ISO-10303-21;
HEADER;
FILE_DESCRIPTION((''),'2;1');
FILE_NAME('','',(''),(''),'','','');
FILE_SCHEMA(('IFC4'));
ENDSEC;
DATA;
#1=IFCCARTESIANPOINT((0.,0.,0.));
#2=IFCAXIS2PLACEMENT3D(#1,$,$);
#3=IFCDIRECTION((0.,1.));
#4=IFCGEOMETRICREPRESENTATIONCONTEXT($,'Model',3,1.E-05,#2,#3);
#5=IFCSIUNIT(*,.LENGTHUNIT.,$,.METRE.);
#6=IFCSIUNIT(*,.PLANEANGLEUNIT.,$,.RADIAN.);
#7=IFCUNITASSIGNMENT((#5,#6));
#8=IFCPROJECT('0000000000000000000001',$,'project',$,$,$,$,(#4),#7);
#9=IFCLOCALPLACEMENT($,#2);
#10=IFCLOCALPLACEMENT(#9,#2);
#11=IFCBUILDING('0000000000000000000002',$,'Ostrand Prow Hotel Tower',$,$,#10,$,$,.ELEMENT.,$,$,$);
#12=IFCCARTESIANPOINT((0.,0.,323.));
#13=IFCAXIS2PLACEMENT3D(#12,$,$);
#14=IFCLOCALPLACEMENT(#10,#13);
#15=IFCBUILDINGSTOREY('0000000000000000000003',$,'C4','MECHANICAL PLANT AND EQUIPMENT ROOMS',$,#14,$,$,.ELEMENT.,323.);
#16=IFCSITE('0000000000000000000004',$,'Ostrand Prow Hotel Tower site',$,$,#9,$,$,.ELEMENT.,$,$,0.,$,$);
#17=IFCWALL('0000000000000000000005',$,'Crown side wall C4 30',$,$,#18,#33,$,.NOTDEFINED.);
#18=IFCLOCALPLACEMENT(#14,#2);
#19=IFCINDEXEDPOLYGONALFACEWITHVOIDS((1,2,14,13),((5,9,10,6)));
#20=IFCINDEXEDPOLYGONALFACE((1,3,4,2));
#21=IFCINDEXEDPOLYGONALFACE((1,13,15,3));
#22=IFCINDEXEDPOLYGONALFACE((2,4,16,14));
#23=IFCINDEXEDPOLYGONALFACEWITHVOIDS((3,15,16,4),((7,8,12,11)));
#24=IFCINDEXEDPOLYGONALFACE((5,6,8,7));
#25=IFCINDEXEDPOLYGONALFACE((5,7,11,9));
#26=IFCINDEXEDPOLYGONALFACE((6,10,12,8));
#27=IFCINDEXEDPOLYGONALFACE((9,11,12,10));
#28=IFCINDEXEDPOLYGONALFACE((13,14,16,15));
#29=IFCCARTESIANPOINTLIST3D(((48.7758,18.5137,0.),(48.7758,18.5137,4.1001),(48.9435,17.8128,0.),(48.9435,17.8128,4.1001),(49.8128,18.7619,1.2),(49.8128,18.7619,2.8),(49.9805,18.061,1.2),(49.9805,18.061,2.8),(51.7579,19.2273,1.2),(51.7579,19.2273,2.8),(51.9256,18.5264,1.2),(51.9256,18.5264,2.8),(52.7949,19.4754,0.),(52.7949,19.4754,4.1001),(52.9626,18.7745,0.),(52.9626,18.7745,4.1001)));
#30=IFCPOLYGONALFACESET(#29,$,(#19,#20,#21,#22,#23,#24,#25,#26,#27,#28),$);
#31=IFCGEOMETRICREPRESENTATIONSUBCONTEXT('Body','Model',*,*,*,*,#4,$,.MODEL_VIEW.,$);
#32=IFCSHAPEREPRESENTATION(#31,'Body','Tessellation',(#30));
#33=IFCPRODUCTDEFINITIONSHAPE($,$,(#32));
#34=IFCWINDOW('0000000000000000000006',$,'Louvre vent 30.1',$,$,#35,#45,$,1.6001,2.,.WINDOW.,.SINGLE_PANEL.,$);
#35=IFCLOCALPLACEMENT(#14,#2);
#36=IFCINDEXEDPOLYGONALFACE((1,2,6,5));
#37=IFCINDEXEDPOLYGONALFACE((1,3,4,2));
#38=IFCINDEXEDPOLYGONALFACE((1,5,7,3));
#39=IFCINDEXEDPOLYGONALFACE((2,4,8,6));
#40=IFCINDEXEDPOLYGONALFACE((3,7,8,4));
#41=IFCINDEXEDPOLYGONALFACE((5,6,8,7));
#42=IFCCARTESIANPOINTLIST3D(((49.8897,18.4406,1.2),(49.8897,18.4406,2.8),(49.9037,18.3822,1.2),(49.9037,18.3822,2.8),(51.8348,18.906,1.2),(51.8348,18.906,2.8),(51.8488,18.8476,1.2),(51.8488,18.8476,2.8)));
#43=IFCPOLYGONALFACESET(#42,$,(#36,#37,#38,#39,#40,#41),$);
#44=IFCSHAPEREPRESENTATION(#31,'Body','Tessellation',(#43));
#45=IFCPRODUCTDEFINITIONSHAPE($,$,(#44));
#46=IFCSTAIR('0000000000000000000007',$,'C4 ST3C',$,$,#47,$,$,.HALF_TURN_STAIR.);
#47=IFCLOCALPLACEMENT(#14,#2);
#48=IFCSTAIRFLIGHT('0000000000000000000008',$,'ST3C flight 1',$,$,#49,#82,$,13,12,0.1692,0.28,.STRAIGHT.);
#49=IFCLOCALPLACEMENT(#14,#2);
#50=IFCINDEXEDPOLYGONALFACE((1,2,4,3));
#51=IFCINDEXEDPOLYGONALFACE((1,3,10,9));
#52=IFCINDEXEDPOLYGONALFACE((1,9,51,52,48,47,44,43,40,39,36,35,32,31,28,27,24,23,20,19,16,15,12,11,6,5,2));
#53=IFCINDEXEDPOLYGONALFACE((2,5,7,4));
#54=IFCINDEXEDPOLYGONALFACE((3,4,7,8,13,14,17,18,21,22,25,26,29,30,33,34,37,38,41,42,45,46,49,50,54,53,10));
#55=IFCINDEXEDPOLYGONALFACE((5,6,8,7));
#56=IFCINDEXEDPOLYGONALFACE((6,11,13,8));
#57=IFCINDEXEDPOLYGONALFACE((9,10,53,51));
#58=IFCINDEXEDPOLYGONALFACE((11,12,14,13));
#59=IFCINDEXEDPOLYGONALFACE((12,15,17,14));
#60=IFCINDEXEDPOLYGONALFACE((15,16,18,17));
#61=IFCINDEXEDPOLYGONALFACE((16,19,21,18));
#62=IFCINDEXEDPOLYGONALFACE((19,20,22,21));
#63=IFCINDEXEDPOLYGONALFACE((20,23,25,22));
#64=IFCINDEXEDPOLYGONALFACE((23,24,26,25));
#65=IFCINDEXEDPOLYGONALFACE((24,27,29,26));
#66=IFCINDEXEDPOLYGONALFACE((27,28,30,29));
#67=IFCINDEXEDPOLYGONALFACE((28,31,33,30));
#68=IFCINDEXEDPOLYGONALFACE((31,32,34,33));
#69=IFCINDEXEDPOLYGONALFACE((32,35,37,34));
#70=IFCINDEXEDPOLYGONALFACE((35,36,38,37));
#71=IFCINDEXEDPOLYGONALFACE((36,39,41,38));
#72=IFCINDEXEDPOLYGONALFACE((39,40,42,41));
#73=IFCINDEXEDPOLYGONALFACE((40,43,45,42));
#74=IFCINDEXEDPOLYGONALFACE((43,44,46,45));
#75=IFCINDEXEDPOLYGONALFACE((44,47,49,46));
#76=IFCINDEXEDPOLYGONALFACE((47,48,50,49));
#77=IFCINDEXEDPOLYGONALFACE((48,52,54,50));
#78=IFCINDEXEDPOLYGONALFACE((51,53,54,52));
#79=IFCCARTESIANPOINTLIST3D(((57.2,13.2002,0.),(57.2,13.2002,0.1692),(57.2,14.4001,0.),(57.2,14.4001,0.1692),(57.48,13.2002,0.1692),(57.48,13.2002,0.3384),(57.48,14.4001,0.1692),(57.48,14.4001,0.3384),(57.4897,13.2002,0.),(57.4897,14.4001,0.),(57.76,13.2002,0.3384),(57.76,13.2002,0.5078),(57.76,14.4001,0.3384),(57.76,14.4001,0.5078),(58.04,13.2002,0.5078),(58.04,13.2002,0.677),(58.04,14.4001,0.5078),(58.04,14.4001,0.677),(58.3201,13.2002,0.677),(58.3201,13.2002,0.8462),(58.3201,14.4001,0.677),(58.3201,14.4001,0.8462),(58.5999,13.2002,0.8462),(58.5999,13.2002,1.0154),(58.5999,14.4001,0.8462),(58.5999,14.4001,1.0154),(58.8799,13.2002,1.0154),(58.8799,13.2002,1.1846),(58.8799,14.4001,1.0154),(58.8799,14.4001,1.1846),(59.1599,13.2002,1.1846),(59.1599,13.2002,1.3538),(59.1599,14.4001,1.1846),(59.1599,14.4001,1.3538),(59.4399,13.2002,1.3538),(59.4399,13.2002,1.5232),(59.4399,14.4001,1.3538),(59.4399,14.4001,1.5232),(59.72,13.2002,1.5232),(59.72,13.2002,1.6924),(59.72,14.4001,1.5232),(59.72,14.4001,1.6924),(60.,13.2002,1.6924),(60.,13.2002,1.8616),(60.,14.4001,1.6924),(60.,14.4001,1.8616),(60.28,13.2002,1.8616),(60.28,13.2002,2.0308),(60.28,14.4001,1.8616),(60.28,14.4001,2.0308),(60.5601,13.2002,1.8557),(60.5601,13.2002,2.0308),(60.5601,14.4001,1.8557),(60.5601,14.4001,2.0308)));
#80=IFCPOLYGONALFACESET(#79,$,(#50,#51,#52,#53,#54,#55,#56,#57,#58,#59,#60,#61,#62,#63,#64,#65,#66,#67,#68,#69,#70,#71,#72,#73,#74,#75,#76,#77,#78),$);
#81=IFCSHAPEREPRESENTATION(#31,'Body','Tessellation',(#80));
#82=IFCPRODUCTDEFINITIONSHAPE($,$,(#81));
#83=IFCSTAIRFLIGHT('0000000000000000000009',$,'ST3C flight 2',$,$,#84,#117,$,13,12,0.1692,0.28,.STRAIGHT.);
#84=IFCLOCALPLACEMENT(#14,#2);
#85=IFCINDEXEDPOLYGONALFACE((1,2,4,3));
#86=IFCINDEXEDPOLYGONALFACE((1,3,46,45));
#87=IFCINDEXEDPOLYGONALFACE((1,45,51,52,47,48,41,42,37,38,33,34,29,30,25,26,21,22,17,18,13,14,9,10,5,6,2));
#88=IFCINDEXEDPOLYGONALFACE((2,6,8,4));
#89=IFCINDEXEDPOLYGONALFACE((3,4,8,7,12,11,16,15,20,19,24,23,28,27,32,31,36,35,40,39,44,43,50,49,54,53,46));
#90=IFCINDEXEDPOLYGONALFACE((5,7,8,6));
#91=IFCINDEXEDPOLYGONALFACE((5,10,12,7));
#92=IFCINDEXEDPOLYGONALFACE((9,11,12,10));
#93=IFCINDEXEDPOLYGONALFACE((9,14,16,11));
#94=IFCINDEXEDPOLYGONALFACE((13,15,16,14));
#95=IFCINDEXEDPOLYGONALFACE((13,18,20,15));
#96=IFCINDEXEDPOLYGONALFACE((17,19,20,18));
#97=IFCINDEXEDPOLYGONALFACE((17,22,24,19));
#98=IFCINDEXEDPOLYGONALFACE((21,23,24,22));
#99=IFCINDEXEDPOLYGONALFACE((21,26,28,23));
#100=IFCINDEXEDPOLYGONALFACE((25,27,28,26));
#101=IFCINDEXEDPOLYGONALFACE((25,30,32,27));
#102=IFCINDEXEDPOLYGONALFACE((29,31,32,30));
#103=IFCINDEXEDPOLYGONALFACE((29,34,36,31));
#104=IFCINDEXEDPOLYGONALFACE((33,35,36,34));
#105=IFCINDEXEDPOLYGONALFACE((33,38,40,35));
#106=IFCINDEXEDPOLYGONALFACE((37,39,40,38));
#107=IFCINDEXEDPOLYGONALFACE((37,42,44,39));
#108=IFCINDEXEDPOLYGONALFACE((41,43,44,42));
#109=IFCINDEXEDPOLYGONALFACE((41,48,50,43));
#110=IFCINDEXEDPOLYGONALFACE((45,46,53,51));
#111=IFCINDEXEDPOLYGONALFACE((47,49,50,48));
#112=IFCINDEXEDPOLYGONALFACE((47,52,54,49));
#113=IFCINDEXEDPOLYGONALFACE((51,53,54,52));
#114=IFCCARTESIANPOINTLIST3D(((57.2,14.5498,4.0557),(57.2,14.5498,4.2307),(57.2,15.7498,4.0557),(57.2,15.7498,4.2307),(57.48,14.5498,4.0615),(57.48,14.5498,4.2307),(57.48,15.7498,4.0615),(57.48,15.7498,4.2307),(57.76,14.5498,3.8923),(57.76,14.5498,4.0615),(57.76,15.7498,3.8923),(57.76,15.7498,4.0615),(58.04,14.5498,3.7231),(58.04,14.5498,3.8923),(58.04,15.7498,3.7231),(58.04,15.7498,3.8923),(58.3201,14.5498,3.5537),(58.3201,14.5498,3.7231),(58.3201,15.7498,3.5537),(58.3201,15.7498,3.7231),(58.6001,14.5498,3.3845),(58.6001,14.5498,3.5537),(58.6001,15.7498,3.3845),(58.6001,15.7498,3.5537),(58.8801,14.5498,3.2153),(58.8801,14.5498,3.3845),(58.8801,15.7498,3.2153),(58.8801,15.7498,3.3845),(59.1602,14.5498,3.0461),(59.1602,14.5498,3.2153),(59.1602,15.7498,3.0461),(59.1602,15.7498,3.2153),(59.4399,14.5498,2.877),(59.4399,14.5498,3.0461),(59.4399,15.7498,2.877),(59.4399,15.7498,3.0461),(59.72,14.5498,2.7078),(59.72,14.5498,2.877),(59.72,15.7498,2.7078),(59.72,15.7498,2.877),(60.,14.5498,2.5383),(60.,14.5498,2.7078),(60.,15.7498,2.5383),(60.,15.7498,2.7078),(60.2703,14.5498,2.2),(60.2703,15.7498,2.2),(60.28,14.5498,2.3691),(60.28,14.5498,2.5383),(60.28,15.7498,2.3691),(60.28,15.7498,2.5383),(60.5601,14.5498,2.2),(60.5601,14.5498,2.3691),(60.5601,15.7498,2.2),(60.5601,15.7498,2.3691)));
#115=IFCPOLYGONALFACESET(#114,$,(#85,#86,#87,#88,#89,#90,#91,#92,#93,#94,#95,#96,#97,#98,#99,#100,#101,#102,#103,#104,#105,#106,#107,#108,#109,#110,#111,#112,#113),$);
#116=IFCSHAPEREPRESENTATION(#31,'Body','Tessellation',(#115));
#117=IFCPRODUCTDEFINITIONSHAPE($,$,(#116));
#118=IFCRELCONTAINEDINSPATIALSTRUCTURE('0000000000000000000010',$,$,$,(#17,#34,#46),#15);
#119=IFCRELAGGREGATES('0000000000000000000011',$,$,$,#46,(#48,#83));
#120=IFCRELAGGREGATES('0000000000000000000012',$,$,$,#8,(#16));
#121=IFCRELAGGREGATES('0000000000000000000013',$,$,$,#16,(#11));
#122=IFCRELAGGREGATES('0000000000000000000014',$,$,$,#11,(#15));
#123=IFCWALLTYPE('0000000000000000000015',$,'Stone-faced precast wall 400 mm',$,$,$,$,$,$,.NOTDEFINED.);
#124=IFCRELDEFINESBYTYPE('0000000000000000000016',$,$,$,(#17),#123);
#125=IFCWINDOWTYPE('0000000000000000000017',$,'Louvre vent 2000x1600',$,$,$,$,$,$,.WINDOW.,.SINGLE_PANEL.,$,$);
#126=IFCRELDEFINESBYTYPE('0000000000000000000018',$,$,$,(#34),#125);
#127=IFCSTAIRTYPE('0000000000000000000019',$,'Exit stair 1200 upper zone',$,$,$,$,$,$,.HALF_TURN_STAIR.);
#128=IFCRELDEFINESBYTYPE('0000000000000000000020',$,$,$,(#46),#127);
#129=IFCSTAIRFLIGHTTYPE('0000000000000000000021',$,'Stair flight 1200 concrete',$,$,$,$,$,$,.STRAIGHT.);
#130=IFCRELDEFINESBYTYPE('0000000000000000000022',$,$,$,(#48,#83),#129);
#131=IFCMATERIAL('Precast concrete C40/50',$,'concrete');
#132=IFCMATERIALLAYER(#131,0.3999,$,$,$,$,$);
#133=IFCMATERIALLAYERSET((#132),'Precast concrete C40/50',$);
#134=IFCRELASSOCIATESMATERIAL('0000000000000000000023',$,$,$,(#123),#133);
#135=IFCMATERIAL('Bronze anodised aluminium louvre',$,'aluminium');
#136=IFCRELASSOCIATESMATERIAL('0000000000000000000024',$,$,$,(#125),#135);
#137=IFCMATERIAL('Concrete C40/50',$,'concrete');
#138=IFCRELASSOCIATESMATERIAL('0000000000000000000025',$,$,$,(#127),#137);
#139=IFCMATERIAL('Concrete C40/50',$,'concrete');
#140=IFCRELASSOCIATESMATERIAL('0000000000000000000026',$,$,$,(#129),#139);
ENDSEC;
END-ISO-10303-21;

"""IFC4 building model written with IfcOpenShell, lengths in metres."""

from ifc_helpers import new_model, si_unit, direction, frame, frame_2d, origin, place, context, subcontext, project, spatial, polyline, rectangle, outline, extrude, material, layer, layer_set, type_object, element, fill, aggregate, save


model = new_model("IFC4")

# Units and contexts
model_context = context("Model", 3, precision=1e-05, world=origin(), true_north=direction((0.0, 1.0)))
body_context = subcontext(model_context, "Body", "Model", "MODEL_VIEW")
ifc_project = project(units=[si_unit("LENGTHUNIT", "METRE"), si_unit("PLANEANGLEUNIT", "RADIAN")], contexts=[model_context])

# Site, building, storey
site_placement = place(None, origin())
site = spatial("IfcSite", under=ifc_project, at=site_placement, Name="Ostrand Prow Hotel Tower site", CompositionType="ELEMENT", RefElevation=0.0)
building_placement = place(site_placement, origin())
building = spatial("IfcBuilding", under=site, at=building_placement, Name="Ostrand Prow Hotel Tower", CompositionType="ELEMENT")
storey_placement = place(building_placement, frame((0.0, 0.0, 323.0)))
storey = spatial("IfcBuildingStorey", under=building, at=storey_placement, Name="C4", Description="MECHANICAL PLANT AND EQUIPMENT ROOMS", CompositionType="ELEMENT", Elevation=323.0)

# Shared definitions
ifc_material_1 = material(Name="Precast concrete C40/50", Category="concrete")
ifc_layer_1 = layer(ifc_material_1, 0.3999)
ifc_layer_set_1 = layer_set([ifc_layer_1], Name="Precast concrete C40/50")
wall_type_1 = type_object("IfcWallType", Name="Stone-faced precast wall 400 mm", PredefinedType="NOTDEFINED", material=ifc_layer_set_1)

# Wall, opening, window
ifc_material_2 = material(Name="Bronze anodised aluminium louvre", Category="aluminium")
window_type = type_object("IfcWindowType", Name="Louvre vent 2000x1600", PartitioningType="SINGLE_PANEL", PredefinedType="WINDOW", material=ifc_material_2)
wall_1_placement = place(storey_placement, frame((52.8789, 19.125, 0.0), z_axis=(0.0, 0.0, 1.0), x_axis=(-0.972546, -0.232709, 0.0)))
wall_1 = element("IfcWall", 1, at=wall_1_placement, inside=storey, type_object=wall_type_1, Name="Crown side wall C4 30", PredefinedType="NOTDEFINED", context=body_context, shape_type="SweptSolid", body=[
    extrude(rectangle(XDim=4.1326, YDim=0.7207, at=frame_2d((2.0664, 0.0))), origin(), (0.0, 0.0, 1.0), 4.1001),
])
opening_1_placement = place(wall_1_placement, frame((1.0664, 0.0, 1.2)))
opening_1 = element("IfcOpeningElement", 2, at=opening_1_placement, cuts=wall_1, PredefinedType="OPENING", context=body_context, shape_type="SweptSolid", body=[
    extrude(rectangle(XDim=2.0, YDim=1.6001, at=frame_2d((1.0, 0.8))), frame((0.0, 0.3704, 0.0), z_axis=(0.0, -1.0, 0.0), x_axis=(1.0, 0.0, 0.0)), (0.0, 0.0, 1.0), 0.7407),
])
window_1_placement = place(opening_1_placement, origin())
window_1 = element("IfcWindow", 3, at=window_1_placement, inside=storey, type_object=window_type, Name="Louvre vent 30.1", OverallHeight=1.6001, OverallWidth=2.0, PartitioningType="SINGLE_PANEL", PredefinedType="WINDOW", context=body_context, shape_type="SweptSolid", body=[
    extrude(rectangle(XDim=2.0, YDim=1.6001, at=frame_2d((1.0, 0.8))), frame((0.0, 0.03, 0.0), z_axis=(0.0, -1.0, 0.0), x_axis=(1.0, 0.0, 0.0)), (0.0, 0.0, 1.0), 0.0601),
])
fill(opening_1, window_1)

# Stair, stair flights
ifc_material_3 = material(Name="Concrete C40/50", Category="concrete")
stair_type = type_object("IfcStairType", Name="Exit stair 1200 upper zone", PredefinedType="HALF_TURN_STAIR", material=ifc_material_3)
stair_placement = place(storey_placement, origin())
stair = element("IfcStair", 4, at=stair_placement, inside=storey, type_object=stair_type, Name="C4 ST3C", PredefinedType="HALF_TURN_STAIR")
ifc_material_4 = material(Name="Concrete C40/50", Category="concrete")
stair_flight_type = type_object("IfcStairFlightType", Name="Stair flight 1200 concrete", PredefinedType="STRAIGHT", material=ifc_material_4)
stair_flight_1_placement = place(storey_placement, frame((57.2, 13.8, 0.0), z_axis=(0.0, 0.0, 1.0), x_axis=(1.0, 0.0, 0.0)))
stair_flight_1 = element("IfcStairFlight", 5, at=stair_flight_1_placement, type_object=stair_flight_type, Name="ST3C flight 1", NumberOfRisers=13, NumberOfTreads=12, PredefinedType="STRAIGHT", RiserHeight=0.1692, TreadLength=0.28, context=body_context, shape_type="SweptSolid", body=[
    extrude(outline(polyline([(0.0, 0.0), (0.0, 0.1692), (0.28, 0.1692), (0.28, 0.3384), (0.5601, 0.3384), (0.5601, 0.5078), (0.8401, 0.5078), (0.8401, 0.677), (1.1201, 0.677), (1.1201, 0.8462), (1.3999, 0.8462), (1.3999, 1.0154), (1.6799, 1.0154), (1.6799, 1.1846), (1.96, 1.1846), (1.96, 1.3538), (2.24, 1.3538), (2.24, 1.5232), (2.52, 1.5232), (2.52, 1.6924), (2.8, 1.6924), (2.8, 1.8616), (3.0801, 1.8616), (3.0801, 2.0308), (3.3601, 2.0308), (3.3601, 2.2), (3.3601, 1.8557), (0.2898, 0.0), (0.0, 0.0)])), frame((0.0, 0.6001, 0.0), z_axis=(0.0, -1.0, 0.0), x_axis=(1.0, 0.0, 0.0)), (0.0, 0.0, 1.0), 1.2),
])
stair_flight_2_placement = place(storey_placement, frame((60.5601, 15.1499, 2.2), z_axis=(0.0, 0.0, 1.0), x_axis=(-1.0, 0.0, 0.0)))
stair_flight_2 = element("IfcStairFlight", 6, at=stair_flight_2_placement, type_object=stair_flight_type, Name="ST3C flight 2", NumberOfRisers=13, NumberOfTreads=12, PredefinedType="STRAIGHT", RiserHeight=0.1692, TreadLength=0.28, context=body_context, shape_type="SweptSolid", body=[
    extrude(outline(polyline([(0.0, 0.0), (0.0, 0.1692), (0.28, 0.1692), (0.28, 0.3384), (0.5601, 0.3384), (0.5601, 0.5078), (0.8401, 0.5078), (0.8401, 0.677), (1.1201, 0.677), (1.1201, 0.8462), (1.3999, 0.8462), (1.3999, 1.0154), (1.6799, 1.0154), (1.6799, 1.1846), (1.96, 1.1846), (1.96, 1.3538), (2.24, 1.3538), (2.24, 1.5232), (2.52, 1.5232), (2.52, 1.6924), (2.8, 1.6924), (2.8, 1.8616), (3.0801, 1.8616), (3.0801, 2.0308), (3.3601, 2.0308), (3.3601, 2.2), (3.3601, 1.8557), (0.2898, 0.0), (0.0, 0.0)])), frame((0.0, 0.6001, 0.0), z_axis=(0.0, -1.0, 0.0), x_axis=(1.0, 0.0, 0.0)), (0.0, 0.0, 1.0), 1.2),
])
aggregate(stair, [stair_flight_1, stair_flight_2])

save(model, "model.ifc")
